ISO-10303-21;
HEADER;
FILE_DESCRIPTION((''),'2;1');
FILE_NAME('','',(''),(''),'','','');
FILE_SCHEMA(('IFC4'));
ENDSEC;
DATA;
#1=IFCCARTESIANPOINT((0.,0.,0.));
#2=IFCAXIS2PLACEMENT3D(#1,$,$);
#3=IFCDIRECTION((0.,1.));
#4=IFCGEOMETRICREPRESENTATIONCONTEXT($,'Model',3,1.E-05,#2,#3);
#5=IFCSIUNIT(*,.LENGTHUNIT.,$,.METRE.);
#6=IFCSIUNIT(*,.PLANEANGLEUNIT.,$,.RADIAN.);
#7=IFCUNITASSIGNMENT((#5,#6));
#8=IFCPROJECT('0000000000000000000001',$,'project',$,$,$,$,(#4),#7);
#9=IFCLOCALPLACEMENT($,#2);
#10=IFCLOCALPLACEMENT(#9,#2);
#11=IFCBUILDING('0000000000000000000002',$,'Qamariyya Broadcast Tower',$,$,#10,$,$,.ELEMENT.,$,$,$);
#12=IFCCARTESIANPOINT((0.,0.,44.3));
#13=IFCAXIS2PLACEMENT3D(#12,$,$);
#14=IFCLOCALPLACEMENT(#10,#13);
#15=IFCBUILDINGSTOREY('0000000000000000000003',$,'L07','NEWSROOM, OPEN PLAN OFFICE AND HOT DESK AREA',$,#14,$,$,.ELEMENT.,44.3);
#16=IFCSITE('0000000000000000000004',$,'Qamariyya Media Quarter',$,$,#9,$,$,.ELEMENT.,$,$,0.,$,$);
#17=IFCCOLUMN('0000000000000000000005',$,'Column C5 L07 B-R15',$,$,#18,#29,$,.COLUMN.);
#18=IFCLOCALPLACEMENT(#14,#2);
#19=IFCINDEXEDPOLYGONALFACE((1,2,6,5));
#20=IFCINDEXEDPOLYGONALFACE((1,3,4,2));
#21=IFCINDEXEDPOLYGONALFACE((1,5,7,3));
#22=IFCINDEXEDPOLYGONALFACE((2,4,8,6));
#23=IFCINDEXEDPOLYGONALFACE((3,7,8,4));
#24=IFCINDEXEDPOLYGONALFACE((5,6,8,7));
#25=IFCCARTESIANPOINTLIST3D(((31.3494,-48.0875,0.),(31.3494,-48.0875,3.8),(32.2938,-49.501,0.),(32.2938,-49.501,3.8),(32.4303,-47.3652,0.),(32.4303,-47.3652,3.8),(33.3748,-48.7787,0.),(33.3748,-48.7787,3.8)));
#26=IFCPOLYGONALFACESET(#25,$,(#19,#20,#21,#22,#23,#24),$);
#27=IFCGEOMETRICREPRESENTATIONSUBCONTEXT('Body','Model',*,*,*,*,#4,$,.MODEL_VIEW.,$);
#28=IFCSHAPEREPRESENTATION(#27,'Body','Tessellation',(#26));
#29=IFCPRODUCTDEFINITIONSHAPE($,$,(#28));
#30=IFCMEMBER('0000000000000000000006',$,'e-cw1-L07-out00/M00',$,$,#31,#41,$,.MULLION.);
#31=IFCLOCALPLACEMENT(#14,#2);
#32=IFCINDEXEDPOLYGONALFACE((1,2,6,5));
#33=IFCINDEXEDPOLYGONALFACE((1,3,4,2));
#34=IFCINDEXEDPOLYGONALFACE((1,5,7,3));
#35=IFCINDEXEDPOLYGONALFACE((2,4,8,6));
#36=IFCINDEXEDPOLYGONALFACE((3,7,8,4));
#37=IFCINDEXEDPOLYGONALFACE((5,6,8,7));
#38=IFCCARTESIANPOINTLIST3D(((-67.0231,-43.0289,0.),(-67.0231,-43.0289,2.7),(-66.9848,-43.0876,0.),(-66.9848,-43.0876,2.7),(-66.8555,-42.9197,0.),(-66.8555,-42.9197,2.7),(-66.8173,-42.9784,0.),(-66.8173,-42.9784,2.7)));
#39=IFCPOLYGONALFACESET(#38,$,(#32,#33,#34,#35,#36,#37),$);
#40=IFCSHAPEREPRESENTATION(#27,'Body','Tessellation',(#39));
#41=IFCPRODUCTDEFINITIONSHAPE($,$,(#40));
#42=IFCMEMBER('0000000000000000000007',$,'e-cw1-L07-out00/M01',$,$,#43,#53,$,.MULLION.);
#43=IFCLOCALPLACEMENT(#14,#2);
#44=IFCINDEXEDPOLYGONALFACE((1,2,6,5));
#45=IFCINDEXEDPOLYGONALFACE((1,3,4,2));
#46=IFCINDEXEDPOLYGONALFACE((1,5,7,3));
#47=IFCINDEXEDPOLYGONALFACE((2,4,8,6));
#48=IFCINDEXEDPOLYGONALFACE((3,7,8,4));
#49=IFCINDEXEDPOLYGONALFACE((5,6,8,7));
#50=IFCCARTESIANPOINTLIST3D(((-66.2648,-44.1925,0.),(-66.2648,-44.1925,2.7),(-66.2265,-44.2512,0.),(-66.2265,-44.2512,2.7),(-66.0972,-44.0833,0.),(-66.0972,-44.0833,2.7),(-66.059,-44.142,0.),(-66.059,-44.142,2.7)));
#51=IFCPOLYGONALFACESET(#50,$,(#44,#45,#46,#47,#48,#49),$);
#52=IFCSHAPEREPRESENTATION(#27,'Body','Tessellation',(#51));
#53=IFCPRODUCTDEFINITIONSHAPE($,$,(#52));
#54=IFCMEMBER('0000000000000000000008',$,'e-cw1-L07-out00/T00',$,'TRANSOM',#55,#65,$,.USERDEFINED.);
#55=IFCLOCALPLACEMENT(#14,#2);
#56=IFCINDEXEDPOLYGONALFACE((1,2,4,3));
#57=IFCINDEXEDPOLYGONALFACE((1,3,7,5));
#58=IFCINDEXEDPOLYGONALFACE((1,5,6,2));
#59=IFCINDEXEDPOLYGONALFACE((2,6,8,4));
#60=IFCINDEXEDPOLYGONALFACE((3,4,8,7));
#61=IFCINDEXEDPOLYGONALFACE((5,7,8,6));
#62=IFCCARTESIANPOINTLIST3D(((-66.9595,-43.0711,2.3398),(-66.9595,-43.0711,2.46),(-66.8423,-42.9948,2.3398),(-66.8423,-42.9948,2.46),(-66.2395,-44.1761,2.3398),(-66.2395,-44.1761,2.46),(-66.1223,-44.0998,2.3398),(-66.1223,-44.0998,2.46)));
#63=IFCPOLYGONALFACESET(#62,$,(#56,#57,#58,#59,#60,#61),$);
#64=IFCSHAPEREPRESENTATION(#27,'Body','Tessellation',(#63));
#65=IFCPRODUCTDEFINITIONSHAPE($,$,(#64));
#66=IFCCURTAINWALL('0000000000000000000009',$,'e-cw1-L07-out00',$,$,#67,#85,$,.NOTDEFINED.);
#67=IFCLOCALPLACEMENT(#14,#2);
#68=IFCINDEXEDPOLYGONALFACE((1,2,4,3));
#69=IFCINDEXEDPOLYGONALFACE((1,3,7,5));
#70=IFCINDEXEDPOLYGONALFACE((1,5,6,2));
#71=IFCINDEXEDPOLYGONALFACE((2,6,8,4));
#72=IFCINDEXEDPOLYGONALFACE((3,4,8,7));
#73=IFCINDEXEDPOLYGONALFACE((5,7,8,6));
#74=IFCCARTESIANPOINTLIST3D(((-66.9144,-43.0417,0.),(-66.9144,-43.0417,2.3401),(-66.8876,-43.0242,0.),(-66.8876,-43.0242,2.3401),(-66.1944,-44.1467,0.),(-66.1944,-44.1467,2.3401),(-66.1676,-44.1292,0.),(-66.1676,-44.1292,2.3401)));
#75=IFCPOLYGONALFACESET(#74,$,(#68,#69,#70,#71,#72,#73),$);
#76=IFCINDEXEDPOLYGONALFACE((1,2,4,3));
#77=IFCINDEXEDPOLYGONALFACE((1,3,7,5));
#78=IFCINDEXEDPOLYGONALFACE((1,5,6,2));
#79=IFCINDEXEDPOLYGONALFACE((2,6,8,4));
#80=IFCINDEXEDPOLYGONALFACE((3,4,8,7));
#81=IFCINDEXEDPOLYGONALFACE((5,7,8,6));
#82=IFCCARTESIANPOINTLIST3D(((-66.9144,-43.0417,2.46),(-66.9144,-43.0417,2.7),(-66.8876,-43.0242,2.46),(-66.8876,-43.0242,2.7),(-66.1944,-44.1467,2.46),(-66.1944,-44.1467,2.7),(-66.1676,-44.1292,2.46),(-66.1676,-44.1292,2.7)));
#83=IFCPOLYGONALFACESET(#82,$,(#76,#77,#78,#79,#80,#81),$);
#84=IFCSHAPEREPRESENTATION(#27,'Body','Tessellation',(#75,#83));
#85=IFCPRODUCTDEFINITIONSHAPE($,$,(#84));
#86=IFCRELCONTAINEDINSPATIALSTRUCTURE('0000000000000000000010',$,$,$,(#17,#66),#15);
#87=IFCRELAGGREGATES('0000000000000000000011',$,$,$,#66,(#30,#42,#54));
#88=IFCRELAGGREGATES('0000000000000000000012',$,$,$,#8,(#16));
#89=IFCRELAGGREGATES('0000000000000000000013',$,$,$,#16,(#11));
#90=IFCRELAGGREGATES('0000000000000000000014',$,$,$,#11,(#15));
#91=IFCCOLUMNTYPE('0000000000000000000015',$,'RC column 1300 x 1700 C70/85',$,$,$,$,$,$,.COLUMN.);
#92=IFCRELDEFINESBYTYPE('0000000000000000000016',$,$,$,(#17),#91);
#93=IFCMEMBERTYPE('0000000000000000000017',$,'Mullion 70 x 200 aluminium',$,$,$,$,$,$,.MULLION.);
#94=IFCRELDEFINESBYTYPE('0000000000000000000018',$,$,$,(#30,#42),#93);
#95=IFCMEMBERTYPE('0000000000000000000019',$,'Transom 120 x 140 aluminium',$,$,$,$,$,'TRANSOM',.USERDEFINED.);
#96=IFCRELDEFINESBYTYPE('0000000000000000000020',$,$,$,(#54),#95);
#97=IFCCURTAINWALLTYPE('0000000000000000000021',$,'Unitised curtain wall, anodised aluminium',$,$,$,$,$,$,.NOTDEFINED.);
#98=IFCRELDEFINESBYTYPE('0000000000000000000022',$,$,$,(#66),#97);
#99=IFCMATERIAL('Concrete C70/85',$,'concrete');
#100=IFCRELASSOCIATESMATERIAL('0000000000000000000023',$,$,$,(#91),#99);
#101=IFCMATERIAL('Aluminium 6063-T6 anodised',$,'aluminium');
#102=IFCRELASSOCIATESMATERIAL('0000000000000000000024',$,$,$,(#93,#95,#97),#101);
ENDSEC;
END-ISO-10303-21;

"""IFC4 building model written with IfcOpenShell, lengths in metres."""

from ifc_helpers import new_model, si_unit, direction, frame, origin, origin_2d, place, context, subcontext, project, spatial, rectangle, extrude, material, material_profile, profile_set, type_object, element, aggregate, save


model = new_model("IFC4")

# Units and contexts
model_context = context("Model", 3, precision=1e-05, world=origin(), true_north=direction((0.0, 1.0)))
body_context = subcontext(model_context, "Body", "Model", "MODEL_VIEW")
ifc_project = project(units=[si_unit("LENGTHUNIT", "METRE"), si_unit("PLANEANGLEUNIT", "RADIAN")], contexts=[model_context])

# Site, building, storey
site_placement = place(None, origin())
site = spatial("IfcSite", under=ifc_project, at=site_placement, Name="Qamariyya Media Quarter", CompositionType="ELEMENT", RefElevation=0.0)
building_placement = place(site_placement, origin())
building = spatial("IfcBuilding", under=site, at=building_placement, Name="Qamariyya Broadcast Tower", CompositionType="ELEMENT")
storey_placement = place(building_placement, frame((0.0, 0.0, 44.3)))
storey = spatial("IfcBuildingStorey", under=building, at=storey_placement, Name="L07", Description="NEWSROOM, OPEN PLAN OFFICE AND HOT DESK AREA", CompositionType="ELEMENT", Elevation=44.3)

# Column
ifc_material_1 = material(Name="Concrete C70/85", Category="concrete")
ifc_material_profile_1 = material_profile(ifc_material_1, rectangle(XDim=1.3, YDim=1.7, at=origin_2d()))
ifc_profile_set_1 = profile_set([ifc_material_profile_1], Name="Concrete C70/85")
column_type = type_object("IfcColumnType", Name="RC column 1300 x 1700 C70/85", PredefinedType="COLUMN", material=ifc_profile_set_1)
column_placement = place(storey_placement, frame((32.3621, -48.4331, 0.0), z_axis=(0.0, 0.0, 1.0), x_axis=(0.83147, 0.55557, 0.0)))
element("IfcColumn", 1, at=column_placement, inside=storey, type_object=column_type, Name="Column C5 L07 B-R15", PredefinedType="COLUMN", context=body_context, shape_type="SweptSolid", body=[
    extrude(rectangle(XDim=1.3, YDim=1.7, at=origin_2d()), origin(), (0.0, 0.0, 1.0), 3.8),
])

# Members
ifc_material_2 = material(Name="Aluminium 6063-T6 anodised", Category="aluminium")
ifc_material_profile_2 = material_profile(ifc_material_2, rectangle(XDim=0.2, YDim=0.0701, at=origin_2d()))
ifc_profile_set_2 = profile_set([ifc_material_profile_2], Name="Aluminium 6063-T6 anodised")
member_type_1 = type_object("IfcMemberType", Name="Mullion 70 x 200 aluminium", PredefinedType="MULLION", material=ifc_profile_set_2)
member_1_placement = place(storey_placement, frame((-66.9202, -43.0037, 0.0), z_axis=(0.0, 0.0, 1.0), x_axis=(0.837844, 0.545909, 0.0)))
member_1 = element("IfcMember", 2, at=member_1_placement, type_object=member_type_1, Name="e-cw1-L07-out00/M00", PredefinedType="MULLION", context=body_context, shape_type="SweptSolid", body=[
    extrude(rectangle(XDim=0.2, YDim=0.0701, at=origin_2d()), origin(), (0.0, 0.0, 1.0), 2.7),
])
member_2_placement = place(storey_placement, frame((-66.1619, -44.1672, 0.0), z_axis=(0.0, 0.0, 1.0), x_axis=(0.837844, 0.545909, 0.0)))
member_2 = element("IfcMember", 3, at=member_2_placement, type_object=member_type_1, Name="e-cw1-L07-out00/M01", PredefinedType="MULLION", context=body_context, shape_type="SweptSolid", body=[
    extrude(rectangle(XDim=0.2, YDim=0.0701, at=origin_2d()), origin(), (0.0, 0.0, 1.0), 2.7),
])

# Member
ifc_material_profile_3 = material_profile(ifc_material_2, rectangle(XDim=0.1399, YDim=0.1201, at=origin_2d()))
ifc_profile_set_3 = profile_set([ifc_material_profile_3], Name="Aluminium 6063-T6 anodised")
member_type_2 = type_object("IfcMemberType", Name="Transom 120 x 140 aluminium", ElementType="TRANSOM", PredefinedType="USERDEFINED", material=ifc_profile_set_3)
member_3_placement = place(storey_placement, frame((-66.9009, -43.033, 2.3999), z_axis=(0.545912, -0.837843, 0.0), x_axis=(0.837843, 0.545912, 0.0)))
member_3 = element("IfcMember", 4, at=member_3_placement, type_object=member_type_2, Name="e-cw1-L07-out00/T00", ObjectType="TRANSOM", PredefinedType="USERDEFINED", context=body_context, shape_type="SweptSolid", body=[
    extrude(rectangle(XDim=0.1399, YDim=0.1201, at=origin_2d()), origin(), (0.0, 0.0, 1.0), 1.3188),
])

# Curtain wall
curtain_wall_type = type_object("IfcCurtainWallType", Name="Unitised curtain wall, anodised aluminium", PredefinedType="NOTDEFINED", material=ifc_material_2)
curtain_wall_1_placement = place(storey_placement, origin())
curtain_wall_1 = element("IfcCurtainWall", 5, at=curtain_wall_1_placement, inside=storey, type_object=curtain_wall_type, Name="e-cw1-L07-out00", PredefinedType="NOTDEFINED", context=body_context, shape_type="SweptSolid", body=[
    extrude(rectangle(XDim=1.3188, YDim=0.032, at=origin_2d()), frame((-66.541, -43.5854, 0.0), x_axis=(0.545941, -0.837824, 0.0)), (0.0, 0.0, 1.0), 2.3401),
    extrude(rectangle(XDim=1.3188, YDim=0.032, at=origin_2d()), frame((-66.541, -43.5854, 2.46), x_axis=(0.545941, -0.837824, 0.0)), (0.0, 0.0, 1.0), 0.24),
])
aggregate(curtain_wall_1, [member_1, member_2, member_3])

save(model, "model.ifc")
